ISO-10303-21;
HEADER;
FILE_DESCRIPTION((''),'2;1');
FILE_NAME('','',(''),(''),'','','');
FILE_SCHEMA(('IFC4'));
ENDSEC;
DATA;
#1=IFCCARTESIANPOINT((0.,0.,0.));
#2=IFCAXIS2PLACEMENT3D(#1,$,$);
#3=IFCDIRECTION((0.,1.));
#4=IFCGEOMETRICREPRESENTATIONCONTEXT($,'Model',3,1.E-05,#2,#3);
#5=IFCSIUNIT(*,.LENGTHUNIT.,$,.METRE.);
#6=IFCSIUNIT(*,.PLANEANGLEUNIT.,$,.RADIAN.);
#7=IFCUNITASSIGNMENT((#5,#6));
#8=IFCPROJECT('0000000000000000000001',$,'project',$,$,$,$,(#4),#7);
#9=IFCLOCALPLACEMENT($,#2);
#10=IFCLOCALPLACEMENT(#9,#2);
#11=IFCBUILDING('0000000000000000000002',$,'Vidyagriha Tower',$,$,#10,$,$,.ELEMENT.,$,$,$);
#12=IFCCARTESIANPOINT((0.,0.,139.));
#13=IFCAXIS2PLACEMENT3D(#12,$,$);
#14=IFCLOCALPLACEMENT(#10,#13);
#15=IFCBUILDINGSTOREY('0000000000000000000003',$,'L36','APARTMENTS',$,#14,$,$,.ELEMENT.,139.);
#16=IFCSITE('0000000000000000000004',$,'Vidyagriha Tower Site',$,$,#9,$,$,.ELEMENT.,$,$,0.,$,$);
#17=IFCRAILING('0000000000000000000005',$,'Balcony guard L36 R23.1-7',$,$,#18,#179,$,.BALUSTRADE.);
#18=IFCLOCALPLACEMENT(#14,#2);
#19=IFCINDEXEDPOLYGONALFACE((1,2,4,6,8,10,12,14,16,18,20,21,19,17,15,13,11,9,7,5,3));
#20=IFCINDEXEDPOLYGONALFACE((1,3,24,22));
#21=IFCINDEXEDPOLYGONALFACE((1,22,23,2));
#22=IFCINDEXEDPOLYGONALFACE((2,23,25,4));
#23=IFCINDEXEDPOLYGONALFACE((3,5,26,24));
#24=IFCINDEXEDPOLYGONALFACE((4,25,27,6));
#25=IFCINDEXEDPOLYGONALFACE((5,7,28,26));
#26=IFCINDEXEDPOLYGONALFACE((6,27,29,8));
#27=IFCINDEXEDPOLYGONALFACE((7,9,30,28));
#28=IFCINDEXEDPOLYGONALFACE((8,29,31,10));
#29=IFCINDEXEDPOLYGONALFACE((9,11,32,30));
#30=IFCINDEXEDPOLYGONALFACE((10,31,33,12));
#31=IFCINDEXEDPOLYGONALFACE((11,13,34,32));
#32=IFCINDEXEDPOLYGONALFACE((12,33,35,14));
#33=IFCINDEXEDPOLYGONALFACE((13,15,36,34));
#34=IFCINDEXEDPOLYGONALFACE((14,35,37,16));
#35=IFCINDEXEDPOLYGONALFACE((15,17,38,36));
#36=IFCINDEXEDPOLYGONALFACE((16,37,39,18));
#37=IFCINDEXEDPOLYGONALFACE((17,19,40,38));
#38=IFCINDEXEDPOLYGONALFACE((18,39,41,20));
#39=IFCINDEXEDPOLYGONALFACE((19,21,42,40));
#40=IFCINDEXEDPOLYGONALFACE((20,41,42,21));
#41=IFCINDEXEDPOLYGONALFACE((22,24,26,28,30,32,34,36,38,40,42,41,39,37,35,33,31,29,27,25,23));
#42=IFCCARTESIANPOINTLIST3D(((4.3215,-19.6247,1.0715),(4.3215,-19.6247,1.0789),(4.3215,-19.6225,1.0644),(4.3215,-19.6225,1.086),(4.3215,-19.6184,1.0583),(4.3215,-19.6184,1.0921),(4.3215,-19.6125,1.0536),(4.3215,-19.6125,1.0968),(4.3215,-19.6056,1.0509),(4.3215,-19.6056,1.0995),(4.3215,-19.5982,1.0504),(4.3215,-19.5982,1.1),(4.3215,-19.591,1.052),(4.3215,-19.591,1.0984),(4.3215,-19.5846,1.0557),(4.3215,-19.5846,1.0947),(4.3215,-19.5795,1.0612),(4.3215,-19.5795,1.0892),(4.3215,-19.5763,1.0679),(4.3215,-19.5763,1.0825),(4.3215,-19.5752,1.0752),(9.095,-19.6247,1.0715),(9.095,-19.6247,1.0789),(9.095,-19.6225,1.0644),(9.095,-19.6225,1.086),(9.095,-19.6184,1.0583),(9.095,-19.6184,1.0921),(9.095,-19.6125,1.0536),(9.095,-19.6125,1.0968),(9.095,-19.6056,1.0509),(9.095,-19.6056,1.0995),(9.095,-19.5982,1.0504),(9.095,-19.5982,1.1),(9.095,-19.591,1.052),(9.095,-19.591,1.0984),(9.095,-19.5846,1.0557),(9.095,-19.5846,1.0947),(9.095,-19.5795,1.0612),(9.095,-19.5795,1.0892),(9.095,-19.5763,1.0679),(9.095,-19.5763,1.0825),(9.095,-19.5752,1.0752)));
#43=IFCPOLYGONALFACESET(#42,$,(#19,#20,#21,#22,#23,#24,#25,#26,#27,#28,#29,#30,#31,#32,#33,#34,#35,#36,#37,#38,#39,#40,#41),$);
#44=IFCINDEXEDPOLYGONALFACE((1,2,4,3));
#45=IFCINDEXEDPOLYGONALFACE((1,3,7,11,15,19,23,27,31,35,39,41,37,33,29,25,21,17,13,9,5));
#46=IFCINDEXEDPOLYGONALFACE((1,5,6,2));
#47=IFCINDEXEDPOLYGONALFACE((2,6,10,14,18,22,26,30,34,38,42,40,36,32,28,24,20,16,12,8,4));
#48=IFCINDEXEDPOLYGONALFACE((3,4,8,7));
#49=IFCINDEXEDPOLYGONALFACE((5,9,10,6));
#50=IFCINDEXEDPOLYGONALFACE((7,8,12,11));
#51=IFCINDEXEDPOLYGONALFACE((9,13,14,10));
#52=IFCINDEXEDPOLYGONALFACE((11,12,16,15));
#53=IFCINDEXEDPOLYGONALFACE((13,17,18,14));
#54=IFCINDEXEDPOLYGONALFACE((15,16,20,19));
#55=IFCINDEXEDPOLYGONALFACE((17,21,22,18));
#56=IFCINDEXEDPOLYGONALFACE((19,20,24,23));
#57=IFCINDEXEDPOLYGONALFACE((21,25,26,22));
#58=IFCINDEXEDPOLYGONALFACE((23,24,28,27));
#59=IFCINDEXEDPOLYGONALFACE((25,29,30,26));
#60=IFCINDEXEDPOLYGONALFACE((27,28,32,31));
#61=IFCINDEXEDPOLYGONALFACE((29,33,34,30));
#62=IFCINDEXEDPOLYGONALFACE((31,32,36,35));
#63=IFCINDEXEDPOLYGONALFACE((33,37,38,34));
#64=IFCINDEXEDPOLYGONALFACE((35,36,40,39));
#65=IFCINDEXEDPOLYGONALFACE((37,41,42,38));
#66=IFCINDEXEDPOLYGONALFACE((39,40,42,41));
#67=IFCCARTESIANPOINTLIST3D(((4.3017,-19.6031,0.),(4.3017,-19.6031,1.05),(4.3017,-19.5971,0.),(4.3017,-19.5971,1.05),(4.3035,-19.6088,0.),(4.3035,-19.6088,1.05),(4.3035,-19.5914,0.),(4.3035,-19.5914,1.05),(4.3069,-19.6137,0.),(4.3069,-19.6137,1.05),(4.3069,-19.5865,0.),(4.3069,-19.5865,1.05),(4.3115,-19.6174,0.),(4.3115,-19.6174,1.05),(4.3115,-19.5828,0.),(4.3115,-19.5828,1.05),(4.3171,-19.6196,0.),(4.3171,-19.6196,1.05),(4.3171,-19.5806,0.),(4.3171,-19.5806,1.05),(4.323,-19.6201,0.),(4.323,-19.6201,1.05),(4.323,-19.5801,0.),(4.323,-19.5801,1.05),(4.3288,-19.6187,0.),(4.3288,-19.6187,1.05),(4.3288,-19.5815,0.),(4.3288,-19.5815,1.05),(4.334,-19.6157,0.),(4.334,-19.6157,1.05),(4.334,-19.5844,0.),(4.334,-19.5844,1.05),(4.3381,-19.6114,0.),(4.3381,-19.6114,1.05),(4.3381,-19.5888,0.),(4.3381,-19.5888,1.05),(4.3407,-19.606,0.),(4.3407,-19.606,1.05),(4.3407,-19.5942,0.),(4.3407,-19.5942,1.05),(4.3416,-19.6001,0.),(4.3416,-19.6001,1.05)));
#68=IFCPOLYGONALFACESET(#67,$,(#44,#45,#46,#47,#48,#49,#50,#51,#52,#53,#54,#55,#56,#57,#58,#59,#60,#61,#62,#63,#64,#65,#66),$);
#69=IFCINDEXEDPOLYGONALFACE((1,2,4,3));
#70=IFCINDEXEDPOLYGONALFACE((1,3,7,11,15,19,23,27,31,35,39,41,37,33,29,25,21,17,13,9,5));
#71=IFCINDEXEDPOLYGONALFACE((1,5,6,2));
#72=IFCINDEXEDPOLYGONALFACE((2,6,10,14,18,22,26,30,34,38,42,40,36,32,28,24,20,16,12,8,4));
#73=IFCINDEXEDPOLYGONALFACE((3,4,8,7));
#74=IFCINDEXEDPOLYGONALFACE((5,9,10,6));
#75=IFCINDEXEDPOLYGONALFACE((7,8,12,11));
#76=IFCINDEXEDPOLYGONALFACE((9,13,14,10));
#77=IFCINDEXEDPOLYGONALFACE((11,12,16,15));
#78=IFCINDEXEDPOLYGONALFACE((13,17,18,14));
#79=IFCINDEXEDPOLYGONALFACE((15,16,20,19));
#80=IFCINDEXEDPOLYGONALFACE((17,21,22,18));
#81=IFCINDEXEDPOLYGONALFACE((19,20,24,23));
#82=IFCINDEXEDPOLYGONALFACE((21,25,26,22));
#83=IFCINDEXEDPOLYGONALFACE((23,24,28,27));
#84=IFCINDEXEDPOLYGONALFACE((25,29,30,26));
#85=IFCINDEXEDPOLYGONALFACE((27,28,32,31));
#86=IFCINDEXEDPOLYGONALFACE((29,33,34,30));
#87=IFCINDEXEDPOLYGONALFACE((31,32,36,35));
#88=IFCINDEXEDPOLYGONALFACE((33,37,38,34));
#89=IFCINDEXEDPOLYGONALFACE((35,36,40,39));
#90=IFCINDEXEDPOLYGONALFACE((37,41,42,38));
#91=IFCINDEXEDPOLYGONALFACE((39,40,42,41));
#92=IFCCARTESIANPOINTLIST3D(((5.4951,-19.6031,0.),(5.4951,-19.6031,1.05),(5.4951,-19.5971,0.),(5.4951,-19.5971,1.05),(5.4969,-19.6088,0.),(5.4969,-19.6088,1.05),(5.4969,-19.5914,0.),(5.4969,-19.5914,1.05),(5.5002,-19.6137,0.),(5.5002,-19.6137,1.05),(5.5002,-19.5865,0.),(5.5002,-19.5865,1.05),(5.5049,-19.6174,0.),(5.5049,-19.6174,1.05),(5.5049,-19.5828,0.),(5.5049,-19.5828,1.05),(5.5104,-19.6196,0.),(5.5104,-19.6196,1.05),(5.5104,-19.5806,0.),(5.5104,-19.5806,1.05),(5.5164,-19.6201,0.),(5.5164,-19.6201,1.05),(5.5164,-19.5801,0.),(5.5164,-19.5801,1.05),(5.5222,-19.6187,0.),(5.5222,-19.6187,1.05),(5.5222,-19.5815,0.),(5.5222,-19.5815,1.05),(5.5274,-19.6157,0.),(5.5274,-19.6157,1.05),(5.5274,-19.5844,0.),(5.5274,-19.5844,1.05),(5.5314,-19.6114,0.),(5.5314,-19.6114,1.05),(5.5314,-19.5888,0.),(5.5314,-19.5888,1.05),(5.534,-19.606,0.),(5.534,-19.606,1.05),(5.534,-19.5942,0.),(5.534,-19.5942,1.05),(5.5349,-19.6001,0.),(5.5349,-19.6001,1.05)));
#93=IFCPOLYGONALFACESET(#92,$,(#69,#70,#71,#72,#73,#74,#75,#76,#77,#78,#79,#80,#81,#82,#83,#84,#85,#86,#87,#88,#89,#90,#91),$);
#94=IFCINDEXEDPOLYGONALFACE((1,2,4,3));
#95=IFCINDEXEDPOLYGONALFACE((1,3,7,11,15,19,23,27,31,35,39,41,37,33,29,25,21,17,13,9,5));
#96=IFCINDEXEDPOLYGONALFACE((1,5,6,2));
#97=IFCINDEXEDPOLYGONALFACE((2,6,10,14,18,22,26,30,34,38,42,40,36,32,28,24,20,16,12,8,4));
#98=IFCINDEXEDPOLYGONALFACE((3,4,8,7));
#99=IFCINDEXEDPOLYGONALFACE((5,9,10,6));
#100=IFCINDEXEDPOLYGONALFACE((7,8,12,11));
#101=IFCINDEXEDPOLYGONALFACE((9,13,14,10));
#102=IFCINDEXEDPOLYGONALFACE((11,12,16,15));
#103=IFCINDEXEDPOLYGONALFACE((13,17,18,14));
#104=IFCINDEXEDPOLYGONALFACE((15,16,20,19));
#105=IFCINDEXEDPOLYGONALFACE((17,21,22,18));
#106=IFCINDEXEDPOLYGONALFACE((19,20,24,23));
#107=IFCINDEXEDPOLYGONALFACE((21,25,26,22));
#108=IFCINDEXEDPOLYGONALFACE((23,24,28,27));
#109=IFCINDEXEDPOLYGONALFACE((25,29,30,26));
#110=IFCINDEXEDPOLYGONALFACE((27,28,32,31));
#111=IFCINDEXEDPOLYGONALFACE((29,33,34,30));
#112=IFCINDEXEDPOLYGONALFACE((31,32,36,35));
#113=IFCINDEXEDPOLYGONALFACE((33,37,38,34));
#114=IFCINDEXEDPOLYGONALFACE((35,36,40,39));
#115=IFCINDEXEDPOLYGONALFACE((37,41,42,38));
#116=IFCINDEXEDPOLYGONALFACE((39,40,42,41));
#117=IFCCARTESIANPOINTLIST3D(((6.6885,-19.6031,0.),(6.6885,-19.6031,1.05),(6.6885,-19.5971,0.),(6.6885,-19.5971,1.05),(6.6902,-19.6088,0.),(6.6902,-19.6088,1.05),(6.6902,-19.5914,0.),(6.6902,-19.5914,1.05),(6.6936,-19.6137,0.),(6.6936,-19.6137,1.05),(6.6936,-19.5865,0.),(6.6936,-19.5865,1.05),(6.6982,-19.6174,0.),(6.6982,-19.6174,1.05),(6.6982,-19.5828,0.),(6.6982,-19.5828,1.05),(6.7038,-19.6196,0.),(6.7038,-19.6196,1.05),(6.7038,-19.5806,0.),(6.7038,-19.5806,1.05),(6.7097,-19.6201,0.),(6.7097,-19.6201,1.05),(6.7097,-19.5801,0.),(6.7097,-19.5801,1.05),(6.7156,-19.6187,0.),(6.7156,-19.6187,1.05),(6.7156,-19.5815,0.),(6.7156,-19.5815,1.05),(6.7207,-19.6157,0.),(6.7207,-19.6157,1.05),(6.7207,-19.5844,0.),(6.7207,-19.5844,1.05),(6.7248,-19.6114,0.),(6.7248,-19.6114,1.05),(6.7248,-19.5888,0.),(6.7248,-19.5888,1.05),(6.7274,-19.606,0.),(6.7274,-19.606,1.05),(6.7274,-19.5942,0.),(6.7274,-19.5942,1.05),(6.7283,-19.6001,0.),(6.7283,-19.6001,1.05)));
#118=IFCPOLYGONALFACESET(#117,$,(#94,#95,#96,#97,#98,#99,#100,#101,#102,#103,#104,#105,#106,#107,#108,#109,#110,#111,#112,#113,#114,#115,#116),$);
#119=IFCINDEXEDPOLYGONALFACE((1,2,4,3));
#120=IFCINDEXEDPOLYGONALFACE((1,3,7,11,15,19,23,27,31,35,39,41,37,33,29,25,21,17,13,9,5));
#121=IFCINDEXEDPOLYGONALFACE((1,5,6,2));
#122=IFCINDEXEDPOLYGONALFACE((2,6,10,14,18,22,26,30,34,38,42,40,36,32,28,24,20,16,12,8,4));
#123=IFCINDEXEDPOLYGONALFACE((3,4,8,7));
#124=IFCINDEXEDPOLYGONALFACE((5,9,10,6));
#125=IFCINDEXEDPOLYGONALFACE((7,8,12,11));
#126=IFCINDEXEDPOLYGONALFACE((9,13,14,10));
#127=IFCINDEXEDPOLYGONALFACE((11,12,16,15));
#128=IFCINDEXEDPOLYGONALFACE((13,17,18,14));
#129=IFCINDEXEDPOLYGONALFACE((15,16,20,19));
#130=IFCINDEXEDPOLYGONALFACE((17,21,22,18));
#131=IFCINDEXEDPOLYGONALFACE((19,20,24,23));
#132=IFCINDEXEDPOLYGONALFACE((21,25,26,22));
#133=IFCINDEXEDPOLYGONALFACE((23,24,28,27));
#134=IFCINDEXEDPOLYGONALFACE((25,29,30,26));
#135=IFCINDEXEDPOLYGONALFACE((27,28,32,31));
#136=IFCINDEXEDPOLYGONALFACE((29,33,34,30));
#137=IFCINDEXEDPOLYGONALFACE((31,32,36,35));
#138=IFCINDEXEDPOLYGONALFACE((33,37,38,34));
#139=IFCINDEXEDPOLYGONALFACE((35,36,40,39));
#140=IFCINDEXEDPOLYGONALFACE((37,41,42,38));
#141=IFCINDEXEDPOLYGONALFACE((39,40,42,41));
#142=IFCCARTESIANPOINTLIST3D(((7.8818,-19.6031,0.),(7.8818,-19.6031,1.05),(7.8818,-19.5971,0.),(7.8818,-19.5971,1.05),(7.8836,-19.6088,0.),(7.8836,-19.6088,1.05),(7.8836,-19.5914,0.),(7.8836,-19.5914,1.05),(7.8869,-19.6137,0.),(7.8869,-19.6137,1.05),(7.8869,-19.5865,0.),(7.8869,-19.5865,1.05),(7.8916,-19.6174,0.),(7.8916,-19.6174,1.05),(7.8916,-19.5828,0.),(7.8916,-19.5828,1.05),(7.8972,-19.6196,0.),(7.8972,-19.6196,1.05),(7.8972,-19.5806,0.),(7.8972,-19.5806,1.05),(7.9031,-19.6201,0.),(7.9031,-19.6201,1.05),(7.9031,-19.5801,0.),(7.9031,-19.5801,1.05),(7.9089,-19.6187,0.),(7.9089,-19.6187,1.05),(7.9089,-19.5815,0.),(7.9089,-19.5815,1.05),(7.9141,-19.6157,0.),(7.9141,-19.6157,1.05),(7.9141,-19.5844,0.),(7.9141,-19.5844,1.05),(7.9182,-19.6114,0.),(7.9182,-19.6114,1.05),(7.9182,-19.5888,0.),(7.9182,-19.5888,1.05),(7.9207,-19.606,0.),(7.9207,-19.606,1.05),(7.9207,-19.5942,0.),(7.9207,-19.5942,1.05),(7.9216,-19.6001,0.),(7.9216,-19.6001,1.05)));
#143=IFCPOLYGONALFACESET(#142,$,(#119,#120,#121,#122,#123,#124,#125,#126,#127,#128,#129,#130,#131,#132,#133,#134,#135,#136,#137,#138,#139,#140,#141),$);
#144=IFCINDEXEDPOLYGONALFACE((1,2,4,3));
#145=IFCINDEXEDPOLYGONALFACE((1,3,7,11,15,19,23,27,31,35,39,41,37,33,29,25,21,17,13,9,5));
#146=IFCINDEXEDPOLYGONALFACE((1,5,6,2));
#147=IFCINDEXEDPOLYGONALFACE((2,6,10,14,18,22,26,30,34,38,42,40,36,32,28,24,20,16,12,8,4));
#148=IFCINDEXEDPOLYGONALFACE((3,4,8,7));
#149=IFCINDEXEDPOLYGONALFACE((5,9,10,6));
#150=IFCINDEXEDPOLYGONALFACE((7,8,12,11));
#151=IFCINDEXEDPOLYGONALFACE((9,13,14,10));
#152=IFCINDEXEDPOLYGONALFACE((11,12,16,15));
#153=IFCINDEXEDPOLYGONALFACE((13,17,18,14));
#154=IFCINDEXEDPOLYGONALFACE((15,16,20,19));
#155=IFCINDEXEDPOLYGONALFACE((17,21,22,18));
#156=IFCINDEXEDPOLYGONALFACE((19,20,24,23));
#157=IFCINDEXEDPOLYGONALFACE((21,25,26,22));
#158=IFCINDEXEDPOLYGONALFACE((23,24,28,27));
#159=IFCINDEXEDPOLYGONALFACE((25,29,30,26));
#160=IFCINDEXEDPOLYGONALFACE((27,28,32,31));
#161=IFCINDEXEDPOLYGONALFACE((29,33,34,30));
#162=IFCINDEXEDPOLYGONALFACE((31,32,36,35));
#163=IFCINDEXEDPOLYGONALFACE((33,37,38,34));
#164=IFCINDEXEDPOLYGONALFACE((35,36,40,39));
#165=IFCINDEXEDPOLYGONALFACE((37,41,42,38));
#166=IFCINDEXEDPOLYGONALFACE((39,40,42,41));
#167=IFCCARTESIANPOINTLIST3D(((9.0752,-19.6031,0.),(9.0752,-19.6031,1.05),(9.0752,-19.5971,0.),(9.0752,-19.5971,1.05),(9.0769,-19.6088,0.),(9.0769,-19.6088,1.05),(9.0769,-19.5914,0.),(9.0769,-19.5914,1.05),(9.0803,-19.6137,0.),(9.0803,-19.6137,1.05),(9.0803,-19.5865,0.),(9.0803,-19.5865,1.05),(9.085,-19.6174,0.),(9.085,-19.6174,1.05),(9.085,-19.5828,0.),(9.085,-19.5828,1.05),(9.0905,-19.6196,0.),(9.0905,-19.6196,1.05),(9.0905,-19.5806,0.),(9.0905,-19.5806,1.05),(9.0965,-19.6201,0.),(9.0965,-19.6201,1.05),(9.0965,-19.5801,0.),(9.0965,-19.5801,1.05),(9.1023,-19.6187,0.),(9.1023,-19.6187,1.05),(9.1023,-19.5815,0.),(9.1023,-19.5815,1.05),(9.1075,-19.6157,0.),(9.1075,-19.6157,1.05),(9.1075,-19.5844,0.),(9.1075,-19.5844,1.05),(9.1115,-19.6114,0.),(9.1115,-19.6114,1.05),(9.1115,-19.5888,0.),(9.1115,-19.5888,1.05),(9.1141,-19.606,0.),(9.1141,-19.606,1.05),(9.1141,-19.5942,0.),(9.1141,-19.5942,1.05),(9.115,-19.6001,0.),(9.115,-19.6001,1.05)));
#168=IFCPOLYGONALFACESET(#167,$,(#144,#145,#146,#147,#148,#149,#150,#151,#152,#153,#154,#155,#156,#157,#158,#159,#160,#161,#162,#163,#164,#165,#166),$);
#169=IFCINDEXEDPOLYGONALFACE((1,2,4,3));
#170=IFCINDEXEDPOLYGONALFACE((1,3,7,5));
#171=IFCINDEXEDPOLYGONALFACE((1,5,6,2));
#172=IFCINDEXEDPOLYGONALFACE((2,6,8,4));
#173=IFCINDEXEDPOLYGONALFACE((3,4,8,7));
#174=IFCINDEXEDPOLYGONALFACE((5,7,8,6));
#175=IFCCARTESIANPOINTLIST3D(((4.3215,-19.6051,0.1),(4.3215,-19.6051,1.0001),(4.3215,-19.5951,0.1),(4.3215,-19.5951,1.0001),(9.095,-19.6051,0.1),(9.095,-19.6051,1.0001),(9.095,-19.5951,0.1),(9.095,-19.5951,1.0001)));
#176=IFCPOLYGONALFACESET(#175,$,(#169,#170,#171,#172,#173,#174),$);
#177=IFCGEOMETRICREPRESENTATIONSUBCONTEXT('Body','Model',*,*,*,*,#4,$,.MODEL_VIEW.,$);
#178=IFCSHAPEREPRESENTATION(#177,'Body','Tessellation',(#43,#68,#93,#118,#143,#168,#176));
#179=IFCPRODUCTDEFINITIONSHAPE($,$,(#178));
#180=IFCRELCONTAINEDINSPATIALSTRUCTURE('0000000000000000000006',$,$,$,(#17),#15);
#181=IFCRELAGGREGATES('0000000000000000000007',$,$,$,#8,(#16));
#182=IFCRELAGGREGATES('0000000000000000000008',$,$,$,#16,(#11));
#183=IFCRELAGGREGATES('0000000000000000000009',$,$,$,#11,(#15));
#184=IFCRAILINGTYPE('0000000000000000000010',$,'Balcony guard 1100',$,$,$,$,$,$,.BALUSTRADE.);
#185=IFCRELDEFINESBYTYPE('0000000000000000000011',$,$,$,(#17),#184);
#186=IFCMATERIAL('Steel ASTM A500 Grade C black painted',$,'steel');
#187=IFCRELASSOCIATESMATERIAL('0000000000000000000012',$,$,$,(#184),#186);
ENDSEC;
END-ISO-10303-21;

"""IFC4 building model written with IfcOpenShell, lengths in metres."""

from ifc_helpers import new_model, si_unit, direction, frame, origin, origin_2d, place, context, subcontext, project, spatial, rectangle, circle, extrude, material, type_object, element, save


model = new_model("IFC4")

# Units and contexts
model_context = context("Model", 3, precision=1e-05, world=origin(), true_north=direction((0.0, 1.0)))
body_context = subcontext(model_context, "Body", "Model", "MODEL_VIEW")
ifc_project = project(units=[si_unit("LENGTHUNIT", "METRE"), si_unit("PLANEANGLEUNIT", "RADIAN")], contexts=[model_context])

# Site, building, storey
site_placement = place(None, origin())
site = spatial("IfcSite", under=ifc_project, at=site_placement, Name="Vidyagriha Tower Site", CompositionType="ELEMENT", RefElevation=0.0)
building_placement = place(site_placement, origin())
building = spatial("IfcBuilding", under=site, at=building_placement, Name="Vidyagriha Tower", CompositionType="ELEMENT")
storey_placement = place(building_placement, frame((0.0, 0.0, 139.0)))
storey = spatial("IfcBuildingStorey", under=building, at=storey_placement, Name="L36", Description="APARTMENTS", CompositionType="ELEMENT", Elevation=139.0)

# Railing
ifc_material_1 = material(Name="Steel ASTM A500 Grade C black painted", Category="steel")
railing_type = type_object("IfcRailingType", Name="Balcony guard 1100", PredefinedType="BALUSTRADE", material=ifc_material_1)
railing_1_placement = place(storey_placement, frame((4.3215, -19.6001, 0.0)))
element("IfcRailing", 1, at=railing_1_placement, inside=storey, type_object=railing_type, Name="Balcony guard L36 R23.1-7", PredefinedType="BALUSTRADE", context=body_context, shape_type="SweptSolid", body=[
    extrude(circle(Radius=0.0249, at=origin_2d()), frame((0.0, 0.0, 1.0752), z_axis=(1.0, 0.0, 0.0), x_axis=(0.0, 1.0, 0.0)), (0.0, 0.0, 1.0), 4.7734),
    extrude(circle(Radius=0.02, at=origin_2d()), origin(), (0.0, 0.0, 1.0), 1.05),
    extrude(circle(Radius=0.02, at=origin_2d()), frame((1.1934, 0.0, 0.0)), (0.0, 0.0, 1.0), 1.05),
    extrude(circle(Radius=0.02, at=origin_2d()), frame((2.3867, 0.0, 0.0)), (0.0, 0.0, 1.0), 1.05),
    extrude(circle(Radius=0.02, at=origin_2d()), frame((3.5801, 0.0, 0.0)), (0.0, 0.0, 1.0), 1.05),
    extrude(circle(Radius=0.02, at=origin_2d()), frame((4.7734, 0.0, 0.0)), (0.0, 0.0, 1.0), 1.05),
    extrude(rectangle(XDim=0.01, YDim=0.9001, at=origin_2d()), frame((0.0, 0.0, 0.55), z_axis=(1.0, 0.0, 0.0), x_axis=(0.0, 1.0, 0.0)), (0.0, 0.0, 1.0), 4.7734),
])

save(model, "model.ifc")
